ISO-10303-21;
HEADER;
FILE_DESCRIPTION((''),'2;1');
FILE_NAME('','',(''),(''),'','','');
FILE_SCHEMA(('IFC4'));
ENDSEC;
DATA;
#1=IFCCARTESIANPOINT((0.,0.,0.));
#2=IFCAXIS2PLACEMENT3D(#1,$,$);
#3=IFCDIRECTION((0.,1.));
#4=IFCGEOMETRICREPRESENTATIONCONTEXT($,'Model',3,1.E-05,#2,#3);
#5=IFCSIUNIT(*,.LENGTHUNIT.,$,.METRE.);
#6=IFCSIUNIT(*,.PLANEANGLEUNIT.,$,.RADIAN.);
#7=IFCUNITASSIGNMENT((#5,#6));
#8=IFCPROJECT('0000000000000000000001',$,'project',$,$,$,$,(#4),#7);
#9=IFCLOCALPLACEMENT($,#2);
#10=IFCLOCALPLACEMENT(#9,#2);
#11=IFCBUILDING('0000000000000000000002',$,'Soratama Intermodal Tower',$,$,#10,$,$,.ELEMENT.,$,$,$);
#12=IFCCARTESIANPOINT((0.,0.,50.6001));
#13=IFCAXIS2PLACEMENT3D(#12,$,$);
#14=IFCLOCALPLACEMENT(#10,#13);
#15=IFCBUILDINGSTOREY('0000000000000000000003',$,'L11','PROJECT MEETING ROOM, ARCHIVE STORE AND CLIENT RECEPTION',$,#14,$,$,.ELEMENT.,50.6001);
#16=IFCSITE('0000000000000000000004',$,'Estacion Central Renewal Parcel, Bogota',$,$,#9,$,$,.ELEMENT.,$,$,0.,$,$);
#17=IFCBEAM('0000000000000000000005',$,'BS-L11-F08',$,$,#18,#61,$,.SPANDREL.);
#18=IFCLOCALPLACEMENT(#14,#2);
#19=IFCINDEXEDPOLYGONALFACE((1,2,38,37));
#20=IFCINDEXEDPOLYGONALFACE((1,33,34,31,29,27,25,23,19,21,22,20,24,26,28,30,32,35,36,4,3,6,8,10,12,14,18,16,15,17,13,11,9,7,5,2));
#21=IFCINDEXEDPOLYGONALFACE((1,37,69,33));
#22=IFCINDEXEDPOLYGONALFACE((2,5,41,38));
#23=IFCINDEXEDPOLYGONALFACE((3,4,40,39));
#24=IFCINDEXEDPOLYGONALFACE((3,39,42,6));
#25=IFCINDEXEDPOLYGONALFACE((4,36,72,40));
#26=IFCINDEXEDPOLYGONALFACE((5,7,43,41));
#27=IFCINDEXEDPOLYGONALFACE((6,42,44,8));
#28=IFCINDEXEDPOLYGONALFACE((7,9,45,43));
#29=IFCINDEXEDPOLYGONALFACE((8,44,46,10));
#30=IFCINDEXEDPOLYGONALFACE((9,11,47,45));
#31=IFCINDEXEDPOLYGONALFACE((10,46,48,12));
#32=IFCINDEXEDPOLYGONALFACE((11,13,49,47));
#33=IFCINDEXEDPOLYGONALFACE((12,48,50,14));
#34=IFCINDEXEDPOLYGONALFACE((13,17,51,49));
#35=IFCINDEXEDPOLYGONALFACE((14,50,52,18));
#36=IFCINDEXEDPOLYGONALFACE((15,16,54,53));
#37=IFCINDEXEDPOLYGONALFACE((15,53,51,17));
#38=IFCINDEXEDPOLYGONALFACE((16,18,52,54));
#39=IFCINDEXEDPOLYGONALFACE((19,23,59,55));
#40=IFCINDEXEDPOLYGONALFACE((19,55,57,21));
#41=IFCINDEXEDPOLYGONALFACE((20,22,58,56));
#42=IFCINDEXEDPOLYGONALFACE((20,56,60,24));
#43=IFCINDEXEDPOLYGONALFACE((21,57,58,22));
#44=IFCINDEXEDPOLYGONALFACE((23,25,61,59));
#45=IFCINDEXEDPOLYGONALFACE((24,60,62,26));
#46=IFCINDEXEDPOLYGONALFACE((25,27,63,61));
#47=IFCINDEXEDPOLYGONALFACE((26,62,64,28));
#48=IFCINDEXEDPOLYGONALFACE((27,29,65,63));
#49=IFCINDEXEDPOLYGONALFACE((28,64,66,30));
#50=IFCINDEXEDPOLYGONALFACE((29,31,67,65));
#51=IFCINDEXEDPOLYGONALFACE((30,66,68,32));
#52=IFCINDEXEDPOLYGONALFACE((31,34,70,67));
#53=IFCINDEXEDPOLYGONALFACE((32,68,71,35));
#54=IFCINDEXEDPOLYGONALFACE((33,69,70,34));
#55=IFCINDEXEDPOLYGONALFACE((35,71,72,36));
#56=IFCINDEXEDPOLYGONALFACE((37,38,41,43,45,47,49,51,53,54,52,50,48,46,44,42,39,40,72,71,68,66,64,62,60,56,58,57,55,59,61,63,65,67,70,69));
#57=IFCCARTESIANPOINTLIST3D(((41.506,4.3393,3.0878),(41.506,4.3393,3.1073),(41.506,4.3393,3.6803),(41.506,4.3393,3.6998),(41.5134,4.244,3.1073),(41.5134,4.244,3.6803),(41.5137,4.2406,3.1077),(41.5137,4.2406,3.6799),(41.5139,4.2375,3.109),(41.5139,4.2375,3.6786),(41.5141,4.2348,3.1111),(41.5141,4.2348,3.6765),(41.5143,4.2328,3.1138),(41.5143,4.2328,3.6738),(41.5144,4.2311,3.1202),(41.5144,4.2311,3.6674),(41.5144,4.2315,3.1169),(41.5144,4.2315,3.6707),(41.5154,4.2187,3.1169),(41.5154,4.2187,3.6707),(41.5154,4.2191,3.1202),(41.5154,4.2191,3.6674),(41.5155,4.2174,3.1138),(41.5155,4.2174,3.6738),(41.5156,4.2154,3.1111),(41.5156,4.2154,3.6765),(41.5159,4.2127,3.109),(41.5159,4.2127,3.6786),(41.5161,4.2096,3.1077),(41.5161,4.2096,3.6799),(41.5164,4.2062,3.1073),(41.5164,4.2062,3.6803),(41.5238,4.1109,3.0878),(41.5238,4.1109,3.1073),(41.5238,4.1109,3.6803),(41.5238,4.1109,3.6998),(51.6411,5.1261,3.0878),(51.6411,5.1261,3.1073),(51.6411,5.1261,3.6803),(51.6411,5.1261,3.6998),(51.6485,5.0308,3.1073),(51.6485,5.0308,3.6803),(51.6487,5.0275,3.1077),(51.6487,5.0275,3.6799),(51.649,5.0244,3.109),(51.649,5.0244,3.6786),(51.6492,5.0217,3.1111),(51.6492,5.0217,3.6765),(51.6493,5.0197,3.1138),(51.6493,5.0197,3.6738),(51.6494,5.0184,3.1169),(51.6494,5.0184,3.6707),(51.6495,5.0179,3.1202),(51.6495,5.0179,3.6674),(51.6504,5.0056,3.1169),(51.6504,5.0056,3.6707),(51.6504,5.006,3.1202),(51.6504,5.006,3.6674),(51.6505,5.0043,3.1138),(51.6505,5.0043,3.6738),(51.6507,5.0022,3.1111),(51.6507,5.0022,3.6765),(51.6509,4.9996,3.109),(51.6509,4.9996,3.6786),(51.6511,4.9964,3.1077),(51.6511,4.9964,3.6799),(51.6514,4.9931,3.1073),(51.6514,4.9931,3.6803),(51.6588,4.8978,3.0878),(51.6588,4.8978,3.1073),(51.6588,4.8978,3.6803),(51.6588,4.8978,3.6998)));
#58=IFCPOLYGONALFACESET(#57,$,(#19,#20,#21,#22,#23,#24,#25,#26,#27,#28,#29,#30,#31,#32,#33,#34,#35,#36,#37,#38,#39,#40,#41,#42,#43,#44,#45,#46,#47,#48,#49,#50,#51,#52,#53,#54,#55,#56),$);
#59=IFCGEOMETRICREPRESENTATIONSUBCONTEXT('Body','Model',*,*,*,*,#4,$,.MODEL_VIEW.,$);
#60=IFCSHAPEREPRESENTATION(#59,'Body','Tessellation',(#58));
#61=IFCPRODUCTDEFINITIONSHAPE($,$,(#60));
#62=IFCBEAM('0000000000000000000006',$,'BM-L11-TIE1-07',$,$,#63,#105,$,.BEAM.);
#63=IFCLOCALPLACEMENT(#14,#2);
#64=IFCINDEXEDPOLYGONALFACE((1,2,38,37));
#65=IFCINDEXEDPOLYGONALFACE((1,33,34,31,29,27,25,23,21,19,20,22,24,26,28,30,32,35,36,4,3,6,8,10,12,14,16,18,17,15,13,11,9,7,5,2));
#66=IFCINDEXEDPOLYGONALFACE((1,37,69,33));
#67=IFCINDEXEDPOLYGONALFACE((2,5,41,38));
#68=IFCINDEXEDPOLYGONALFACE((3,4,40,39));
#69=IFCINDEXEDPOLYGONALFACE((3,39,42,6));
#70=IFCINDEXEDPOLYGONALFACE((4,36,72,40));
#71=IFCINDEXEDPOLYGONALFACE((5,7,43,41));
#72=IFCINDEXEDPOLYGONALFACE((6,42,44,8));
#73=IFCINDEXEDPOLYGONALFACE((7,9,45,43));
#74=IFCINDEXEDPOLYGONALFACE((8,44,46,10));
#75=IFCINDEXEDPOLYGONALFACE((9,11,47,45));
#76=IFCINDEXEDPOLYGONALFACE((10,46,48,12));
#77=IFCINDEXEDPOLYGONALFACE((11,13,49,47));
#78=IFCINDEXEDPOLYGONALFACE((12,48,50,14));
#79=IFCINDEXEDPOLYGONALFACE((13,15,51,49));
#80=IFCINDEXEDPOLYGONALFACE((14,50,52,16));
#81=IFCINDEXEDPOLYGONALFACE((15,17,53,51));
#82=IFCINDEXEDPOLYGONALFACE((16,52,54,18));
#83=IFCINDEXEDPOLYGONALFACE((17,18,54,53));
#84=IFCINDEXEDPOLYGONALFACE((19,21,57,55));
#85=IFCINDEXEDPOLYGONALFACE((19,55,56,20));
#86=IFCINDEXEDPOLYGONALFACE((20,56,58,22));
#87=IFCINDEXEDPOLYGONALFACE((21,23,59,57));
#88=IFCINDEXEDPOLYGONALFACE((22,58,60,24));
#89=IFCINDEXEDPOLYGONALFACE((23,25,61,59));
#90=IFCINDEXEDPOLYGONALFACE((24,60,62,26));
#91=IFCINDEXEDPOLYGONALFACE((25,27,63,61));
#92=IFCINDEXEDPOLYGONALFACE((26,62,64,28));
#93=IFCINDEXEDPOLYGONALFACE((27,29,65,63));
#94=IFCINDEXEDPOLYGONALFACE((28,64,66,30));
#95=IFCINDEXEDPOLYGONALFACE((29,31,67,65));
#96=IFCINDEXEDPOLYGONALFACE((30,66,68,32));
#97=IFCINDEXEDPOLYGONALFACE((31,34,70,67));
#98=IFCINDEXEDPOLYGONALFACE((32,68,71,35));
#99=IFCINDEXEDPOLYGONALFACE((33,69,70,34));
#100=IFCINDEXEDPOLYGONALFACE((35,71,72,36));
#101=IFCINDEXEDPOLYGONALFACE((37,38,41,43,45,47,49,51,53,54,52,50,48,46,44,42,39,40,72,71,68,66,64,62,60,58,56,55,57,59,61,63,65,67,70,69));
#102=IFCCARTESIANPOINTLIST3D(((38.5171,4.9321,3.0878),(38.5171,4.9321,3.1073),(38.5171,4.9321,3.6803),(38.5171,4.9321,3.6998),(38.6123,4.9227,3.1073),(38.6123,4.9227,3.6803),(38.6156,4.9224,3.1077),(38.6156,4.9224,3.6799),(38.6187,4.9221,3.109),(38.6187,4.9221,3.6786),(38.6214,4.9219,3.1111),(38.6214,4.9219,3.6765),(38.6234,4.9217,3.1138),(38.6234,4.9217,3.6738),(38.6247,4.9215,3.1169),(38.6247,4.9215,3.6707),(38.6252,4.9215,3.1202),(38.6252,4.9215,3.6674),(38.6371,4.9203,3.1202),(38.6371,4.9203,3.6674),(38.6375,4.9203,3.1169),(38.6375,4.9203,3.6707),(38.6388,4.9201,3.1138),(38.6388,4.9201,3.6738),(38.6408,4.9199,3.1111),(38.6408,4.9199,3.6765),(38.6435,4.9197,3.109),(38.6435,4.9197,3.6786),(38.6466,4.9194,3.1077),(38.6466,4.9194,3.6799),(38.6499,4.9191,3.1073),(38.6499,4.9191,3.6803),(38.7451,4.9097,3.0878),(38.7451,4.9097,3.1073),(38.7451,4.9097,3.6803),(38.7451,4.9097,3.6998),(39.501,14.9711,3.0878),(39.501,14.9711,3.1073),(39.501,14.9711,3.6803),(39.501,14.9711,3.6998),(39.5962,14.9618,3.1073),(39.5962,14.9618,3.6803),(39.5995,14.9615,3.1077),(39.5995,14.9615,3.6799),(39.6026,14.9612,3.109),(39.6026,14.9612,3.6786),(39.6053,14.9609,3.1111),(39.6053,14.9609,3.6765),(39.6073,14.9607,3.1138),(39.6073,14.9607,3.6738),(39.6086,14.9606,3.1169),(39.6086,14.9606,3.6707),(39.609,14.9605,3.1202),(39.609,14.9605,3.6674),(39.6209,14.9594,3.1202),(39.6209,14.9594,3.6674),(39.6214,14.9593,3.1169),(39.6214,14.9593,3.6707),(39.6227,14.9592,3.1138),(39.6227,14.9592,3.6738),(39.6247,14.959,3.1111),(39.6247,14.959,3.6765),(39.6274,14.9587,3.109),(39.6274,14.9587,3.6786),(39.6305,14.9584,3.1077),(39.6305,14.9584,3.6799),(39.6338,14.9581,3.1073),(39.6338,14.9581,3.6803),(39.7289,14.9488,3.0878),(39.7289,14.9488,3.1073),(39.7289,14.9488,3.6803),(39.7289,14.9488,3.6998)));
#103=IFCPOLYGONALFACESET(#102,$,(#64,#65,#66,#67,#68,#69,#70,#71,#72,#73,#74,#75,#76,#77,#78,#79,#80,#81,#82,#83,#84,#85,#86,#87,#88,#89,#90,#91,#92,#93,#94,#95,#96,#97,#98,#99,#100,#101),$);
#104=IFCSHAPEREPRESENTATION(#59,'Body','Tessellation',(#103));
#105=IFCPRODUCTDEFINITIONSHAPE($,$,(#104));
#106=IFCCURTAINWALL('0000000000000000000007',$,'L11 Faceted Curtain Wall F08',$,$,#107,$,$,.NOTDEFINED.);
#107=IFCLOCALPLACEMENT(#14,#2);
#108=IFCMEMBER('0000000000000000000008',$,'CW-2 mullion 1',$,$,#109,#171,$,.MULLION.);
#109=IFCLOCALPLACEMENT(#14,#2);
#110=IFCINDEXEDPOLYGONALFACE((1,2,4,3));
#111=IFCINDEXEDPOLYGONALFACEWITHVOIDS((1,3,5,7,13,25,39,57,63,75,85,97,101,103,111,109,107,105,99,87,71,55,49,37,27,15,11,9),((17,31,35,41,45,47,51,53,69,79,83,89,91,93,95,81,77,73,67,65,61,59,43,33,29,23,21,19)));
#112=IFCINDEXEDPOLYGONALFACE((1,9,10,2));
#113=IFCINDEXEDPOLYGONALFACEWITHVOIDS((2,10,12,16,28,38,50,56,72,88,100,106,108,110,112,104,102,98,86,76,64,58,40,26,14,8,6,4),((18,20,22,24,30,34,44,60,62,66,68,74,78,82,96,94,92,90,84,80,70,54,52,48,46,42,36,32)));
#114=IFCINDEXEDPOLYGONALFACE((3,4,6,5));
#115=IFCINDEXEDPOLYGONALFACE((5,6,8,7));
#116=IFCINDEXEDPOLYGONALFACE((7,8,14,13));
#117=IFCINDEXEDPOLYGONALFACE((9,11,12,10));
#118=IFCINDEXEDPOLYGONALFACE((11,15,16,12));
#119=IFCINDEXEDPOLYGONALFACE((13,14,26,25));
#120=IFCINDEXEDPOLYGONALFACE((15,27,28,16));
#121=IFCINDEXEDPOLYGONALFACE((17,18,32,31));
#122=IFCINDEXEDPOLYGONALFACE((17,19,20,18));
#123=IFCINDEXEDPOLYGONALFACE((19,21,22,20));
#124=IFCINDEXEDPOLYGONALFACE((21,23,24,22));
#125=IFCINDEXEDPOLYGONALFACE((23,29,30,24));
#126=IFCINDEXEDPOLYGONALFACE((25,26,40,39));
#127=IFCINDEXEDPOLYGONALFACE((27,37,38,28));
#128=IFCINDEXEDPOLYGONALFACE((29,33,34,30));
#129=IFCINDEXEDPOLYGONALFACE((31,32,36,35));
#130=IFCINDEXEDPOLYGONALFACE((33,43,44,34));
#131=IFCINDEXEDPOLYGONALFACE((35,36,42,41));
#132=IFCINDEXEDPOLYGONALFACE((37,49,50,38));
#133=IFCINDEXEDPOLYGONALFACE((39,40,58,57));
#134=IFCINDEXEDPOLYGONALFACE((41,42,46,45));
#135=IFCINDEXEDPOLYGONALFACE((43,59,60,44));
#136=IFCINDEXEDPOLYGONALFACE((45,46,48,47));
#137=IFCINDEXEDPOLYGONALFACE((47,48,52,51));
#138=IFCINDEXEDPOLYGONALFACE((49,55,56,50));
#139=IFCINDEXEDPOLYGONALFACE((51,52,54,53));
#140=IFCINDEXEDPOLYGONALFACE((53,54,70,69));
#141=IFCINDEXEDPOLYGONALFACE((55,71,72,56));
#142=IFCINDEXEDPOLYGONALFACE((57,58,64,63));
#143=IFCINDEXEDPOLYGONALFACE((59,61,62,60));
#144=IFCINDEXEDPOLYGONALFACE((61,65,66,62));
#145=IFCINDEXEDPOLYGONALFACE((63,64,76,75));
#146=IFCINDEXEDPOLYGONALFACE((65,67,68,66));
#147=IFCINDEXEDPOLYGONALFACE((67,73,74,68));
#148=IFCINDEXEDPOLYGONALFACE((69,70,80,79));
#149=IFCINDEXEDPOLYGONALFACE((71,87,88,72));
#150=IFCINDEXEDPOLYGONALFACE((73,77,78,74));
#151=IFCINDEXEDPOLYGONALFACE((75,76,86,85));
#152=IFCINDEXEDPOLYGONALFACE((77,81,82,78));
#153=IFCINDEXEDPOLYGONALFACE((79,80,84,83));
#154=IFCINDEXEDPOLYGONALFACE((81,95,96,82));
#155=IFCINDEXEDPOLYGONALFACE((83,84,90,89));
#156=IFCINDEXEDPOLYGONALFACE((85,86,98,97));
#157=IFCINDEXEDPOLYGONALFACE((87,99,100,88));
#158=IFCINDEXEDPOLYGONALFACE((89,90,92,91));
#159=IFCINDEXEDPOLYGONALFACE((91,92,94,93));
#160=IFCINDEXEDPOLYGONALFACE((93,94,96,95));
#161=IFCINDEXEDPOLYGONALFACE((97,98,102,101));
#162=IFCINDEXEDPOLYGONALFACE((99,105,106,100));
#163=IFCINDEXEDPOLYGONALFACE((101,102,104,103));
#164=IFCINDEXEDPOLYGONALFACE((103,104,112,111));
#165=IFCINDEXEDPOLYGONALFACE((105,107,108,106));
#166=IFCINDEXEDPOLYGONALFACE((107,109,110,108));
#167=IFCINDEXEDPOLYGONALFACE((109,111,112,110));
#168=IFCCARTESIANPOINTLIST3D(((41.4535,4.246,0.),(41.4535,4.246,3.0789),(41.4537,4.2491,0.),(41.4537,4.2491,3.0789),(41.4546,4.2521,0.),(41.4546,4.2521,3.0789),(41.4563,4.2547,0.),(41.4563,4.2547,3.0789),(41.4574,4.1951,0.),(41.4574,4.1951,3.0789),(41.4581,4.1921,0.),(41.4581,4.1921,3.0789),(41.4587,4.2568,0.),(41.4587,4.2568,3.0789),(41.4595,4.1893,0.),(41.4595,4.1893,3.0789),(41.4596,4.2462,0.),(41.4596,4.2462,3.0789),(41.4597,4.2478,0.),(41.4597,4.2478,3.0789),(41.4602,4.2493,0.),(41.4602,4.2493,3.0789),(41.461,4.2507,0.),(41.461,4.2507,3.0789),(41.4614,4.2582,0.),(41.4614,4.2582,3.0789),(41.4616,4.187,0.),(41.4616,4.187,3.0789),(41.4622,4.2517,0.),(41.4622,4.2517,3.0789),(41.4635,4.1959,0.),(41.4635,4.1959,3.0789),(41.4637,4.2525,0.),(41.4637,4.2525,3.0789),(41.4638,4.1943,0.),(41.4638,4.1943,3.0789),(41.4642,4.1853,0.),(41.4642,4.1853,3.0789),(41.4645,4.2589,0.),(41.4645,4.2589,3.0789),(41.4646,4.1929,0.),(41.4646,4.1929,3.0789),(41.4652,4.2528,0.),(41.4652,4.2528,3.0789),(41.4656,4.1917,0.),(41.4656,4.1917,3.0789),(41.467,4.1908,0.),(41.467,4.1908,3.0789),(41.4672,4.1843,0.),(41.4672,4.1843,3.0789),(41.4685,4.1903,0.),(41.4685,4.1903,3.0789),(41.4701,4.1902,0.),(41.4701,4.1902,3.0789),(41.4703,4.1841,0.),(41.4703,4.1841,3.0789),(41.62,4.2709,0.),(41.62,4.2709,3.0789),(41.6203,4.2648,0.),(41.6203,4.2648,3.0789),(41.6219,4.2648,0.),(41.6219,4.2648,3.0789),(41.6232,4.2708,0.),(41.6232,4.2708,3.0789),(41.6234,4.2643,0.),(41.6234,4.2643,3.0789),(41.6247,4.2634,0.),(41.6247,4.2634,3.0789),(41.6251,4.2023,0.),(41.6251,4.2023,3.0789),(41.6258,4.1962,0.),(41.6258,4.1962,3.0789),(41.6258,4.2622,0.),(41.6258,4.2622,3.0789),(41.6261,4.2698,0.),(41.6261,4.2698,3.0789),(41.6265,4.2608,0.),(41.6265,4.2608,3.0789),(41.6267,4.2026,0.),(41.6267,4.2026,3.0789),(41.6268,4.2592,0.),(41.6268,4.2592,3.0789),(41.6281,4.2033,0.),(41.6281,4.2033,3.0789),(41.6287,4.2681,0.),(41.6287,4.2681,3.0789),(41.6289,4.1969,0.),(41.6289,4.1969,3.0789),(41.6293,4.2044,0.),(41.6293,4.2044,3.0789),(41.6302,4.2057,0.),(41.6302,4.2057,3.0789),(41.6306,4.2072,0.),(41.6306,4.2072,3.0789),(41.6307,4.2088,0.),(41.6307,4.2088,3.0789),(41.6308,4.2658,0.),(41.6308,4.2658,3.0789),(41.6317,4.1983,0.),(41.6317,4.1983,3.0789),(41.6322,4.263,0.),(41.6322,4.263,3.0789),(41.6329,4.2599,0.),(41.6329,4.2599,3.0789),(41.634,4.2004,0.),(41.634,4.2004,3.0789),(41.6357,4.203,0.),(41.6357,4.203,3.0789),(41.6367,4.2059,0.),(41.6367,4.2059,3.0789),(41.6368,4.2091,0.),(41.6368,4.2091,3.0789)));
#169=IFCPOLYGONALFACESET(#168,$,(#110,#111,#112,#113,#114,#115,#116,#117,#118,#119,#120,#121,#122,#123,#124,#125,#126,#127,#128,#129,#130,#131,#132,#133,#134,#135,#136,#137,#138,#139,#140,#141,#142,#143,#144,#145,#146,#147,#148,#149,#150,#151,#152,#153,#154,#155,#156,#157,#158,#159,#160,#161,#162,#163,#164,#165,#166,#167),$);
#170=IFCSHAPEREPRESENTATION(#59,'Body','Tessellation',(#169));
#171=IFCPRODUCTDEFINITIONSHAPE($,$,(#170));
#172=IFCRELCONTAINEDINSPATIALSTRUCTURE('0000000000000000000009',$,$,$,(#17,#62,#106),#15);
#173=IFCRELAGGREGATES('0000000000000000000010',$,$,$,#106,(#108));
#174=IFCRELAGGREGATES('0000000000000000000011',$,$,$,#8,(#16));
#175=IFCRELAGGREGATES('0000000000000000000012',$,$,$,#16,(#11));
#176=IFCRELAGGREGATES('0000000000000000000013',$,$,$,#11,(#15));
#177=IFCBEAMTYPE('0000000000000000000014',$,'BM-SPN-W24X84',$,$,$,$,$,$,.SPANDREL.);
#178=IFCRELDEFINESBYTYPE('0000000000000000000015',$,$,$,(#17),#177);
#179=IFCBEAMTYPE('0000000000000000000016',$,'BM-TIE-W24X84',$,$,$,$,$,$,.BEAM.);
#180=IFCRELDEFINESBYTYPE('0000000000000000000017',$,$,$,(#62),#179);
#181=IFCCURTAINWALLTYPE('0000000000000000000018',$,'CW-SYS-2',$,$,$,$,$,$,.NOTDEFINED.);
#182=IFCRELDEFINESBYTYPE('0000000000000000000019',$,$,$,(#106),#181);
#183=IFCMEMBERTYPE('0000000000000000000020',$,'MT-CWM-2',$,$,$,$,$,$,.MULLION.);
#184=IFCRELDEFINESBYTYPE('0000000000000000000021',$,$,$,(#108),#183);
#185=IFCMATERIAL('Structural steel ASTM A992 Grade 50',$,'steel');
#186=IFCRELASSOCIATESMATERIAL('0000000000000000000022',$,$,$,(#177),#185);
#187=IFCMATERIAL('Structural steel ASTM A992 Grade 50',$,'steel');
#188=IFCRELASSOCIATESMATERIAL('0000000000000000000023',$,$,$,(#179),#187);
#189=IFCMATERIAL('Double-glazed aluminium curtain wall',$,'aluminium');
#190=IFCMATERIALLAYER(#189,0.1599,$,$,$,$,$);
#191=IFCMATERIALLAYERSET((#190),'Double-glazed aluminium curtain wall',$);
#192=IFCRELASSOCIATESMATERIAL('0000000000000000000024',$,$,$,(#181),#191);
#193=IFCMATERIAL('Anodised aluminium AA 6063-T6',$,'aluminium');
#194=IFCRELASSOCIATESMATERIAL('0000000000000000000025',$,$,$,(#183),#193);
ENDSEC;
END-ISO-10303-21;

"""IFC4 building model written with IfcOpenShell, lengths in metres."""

from ifc_helpers import new_model, si_unit, direction, frame, origin, origin_2d, place, context, subcontext, project, spatial, hollow_rectangle, i_section, extrude, material, layer, layer_set, material_profile, profile_set, type_object, element, aggregate, save


model = new_model("IFC4")

# Units and contexts
model_context = context("Model", 3, precision=1e-05, world=origin(), true_north=direction((0.0, 1.0)))
body_context = subcontext(model_context, "Body", "Model", "MODEL_VIEW")
ifc_project = project(units=[si_unit("LENGTHUNIT", "METRE"), si_unit("PLANEANGLEUNIT", "RADIAN")], contexts=[model_context])

# Site, building, storey
site_placement = place(None, origin())
site = spatial("IfcSite", under=ifc_project, at=site_placement, Name="Estacion Central Renewal Parcel, Bogota", CompositionType="ELEMENT", RefElevation=0.0)
building_placement = place(site_placement, origin())
building = spatial("IfcBuilding", under=site, at=building_placement, Name="Soratama Intermodal Tower", CompositionType="ELEMENT")
storey_placement = place(building_placement, frame((0.0, 0.0, 50.6001)))
storey = spatial("IfcBuildingStorey", under=building, at=storey_placement, Name="L11", Description="PROJECT MEETING ROOM, ARCHIVE STORE AND CLIENT RECEPTION", CompositionType="ELEMENT", Elevation=50.6001)

# Beams
ifc_material_1 = material(Name="Structural steel ASTM A992 Grade 50", Category="steel")
ifc_material_profile_1 = material_profile(ifc_material_1, i_section(OverallWidth=0.229, OverallDepth=0.6121, WebThickness=0.012, FlangeThickness=0.0195, FilletRadius=0.0129, at=origin_2d()), Name="W24X84")
ifc_profile_set_1 = profile_set([ifc_material_profile_1], Name="Structural steel ASTM A992 Grade 50")
beam_type_1 = type_object("IfcBeamType", Name="BM-SPN-W24X84", PredefinedType="SPANDREL", material=ifc_profile_set_1)
beam_1_placement = place(storey_placement, frame((41.5149, 4.2251, 3.3938), z_axis=(0.997, 0.077405, 0.0), x_axis=(-0.077405, 0.997, 0.0)))
element("IfcBeam", 1, at=beam_1_placement, inside=storey, type_object=beam_type_1, Name="BS-L11-F08", PredefinedType="SPANDREL", context=body_context, shape_type="SweptSolid", body=[
    extrude(i_section(OverallWidth=0.229, OverallDepth=0.6121, WebThickness=0.012, FlangeThickness=0.0195, FilletRadius=0.0129, at=origin_2d()), origin(), (0.0, 0.0, 1.0), 10.1655),
])
ifc_material_2 = material(Name="Structural steel ASTM A992 Grade 50", Category="steel")
ifc_material_profile_2 = material_profile(ifc_material_2, i_section(OverallWidth=0.229, OverallDepth=0.6121, WebThickness=0.012, FlangeThickness=0.0195, FilletRadius=0.0129, at=origin_2d()), Name="W24X84")
ifc_profile_set_2 = profile_set([ifc_material_profile_2], Name="Structural steel ASTM A992 Grade 50")
beam_type_2 = type_object("IfcBeamType", Name="BM-TIE-W24X84", PredefinedType="BEAM", material=ifc_profile_set_2)
beam_2_placement = place(storey_placement, frame((39.615, 14.96, 3.3938), z_axis=(-0.097539, -0.995232, 0.0), x_axis=(0.995232, -0.097539, 0.0)))
element("IfcBeam", 2, at=beam_2_placement, inside=storey, type_object=beam_type_2, Name="BM-L11-TIE1-07", PredefinedType="BEAM", context=body_context, shape_type="SweptSolid", body=[
    extrude(i_section(OverallWidth=0.229, OverallDepth=0.6121, WebThickness=0.012, FlangeThickness=0.0195, FilletRadius=0.0129, at=origin_2d()), origin(), (0.0, 0.0, 1.0), 10.0872),
])

# Curtain wall, member
ifc_material_3 = material(Name="Double-glazed aluminium curtain wall", Category="aluminium")
ifc_layer_1 = layer(ifc_material_3, 0.1599)
ifc_layer_set_1 = layer_set([ifc_layer_1], Name="Double-glazed aluminium curtain wall")
curtain_wall_type = type_object("IfcCurtainWallType", Name="CW-SYS-2", PredefinedType="NOTDEFINED", material=ifc_layer_set_1)
curtain_wall_placement = place(storey_placement, origin())
curtain_wall = element("IfcCurtainWall", 3, at=curtain_wall_placement, inside=storey, type_object=curtain_wall_type, Name="L11 Faceted Curtain Wall F08", PredefinedType="NOTDEFINED")
ifc_material_4 = material(Name="Anodised aluminium AA 6063-T6", Category="aluminium")
ifc_material_profile_3 = material_profile(ifc_material_4, hollow_rectangle(XDim=0.075, YDim=0.1799, WallThickness=0.0061, InnerFilletRadius=0.0061, OuterFilletRadius=0.012, at=origin_2d()), Name="CWM180X75X6")
ifc_profile_set_3 = profile_set([ifc_material_profile_3], Name="Anodised aluminium AA 6063-T6")
member_type_1 = type_object("IfcMemberType", Name="MT-CWM-2", PredefinedType="MULLION", material=ifc_profile_set_3)
member_1_placement = place(storey_placement, frame((41.5452, 4.2275, 0.0), z_axis=(0.0, 0.0, 1.0), x_axis=(-0.077411, 0.996999, 0.0)))
member_1 = element("IfcMember", 4, at=member_1_placement, type_object=member_type_1, Name="CW-2 mullion 1", PredefinedType="MULLION", context=body_context, shape_type="SweptSolid", body=[
    extrude(hollow_rectangle(XDim=0.075, YDim=0.1799, WallThickness=0.0061, InnerFilletRadius=0.0061, OuterFilletRadius=0.012, at=origin_2d()), origin(), (0.0, 0.0, 1.0), 3.0789),
])
aggregate(curtain_wall, [member_1])

save(model, "model.ifc")
